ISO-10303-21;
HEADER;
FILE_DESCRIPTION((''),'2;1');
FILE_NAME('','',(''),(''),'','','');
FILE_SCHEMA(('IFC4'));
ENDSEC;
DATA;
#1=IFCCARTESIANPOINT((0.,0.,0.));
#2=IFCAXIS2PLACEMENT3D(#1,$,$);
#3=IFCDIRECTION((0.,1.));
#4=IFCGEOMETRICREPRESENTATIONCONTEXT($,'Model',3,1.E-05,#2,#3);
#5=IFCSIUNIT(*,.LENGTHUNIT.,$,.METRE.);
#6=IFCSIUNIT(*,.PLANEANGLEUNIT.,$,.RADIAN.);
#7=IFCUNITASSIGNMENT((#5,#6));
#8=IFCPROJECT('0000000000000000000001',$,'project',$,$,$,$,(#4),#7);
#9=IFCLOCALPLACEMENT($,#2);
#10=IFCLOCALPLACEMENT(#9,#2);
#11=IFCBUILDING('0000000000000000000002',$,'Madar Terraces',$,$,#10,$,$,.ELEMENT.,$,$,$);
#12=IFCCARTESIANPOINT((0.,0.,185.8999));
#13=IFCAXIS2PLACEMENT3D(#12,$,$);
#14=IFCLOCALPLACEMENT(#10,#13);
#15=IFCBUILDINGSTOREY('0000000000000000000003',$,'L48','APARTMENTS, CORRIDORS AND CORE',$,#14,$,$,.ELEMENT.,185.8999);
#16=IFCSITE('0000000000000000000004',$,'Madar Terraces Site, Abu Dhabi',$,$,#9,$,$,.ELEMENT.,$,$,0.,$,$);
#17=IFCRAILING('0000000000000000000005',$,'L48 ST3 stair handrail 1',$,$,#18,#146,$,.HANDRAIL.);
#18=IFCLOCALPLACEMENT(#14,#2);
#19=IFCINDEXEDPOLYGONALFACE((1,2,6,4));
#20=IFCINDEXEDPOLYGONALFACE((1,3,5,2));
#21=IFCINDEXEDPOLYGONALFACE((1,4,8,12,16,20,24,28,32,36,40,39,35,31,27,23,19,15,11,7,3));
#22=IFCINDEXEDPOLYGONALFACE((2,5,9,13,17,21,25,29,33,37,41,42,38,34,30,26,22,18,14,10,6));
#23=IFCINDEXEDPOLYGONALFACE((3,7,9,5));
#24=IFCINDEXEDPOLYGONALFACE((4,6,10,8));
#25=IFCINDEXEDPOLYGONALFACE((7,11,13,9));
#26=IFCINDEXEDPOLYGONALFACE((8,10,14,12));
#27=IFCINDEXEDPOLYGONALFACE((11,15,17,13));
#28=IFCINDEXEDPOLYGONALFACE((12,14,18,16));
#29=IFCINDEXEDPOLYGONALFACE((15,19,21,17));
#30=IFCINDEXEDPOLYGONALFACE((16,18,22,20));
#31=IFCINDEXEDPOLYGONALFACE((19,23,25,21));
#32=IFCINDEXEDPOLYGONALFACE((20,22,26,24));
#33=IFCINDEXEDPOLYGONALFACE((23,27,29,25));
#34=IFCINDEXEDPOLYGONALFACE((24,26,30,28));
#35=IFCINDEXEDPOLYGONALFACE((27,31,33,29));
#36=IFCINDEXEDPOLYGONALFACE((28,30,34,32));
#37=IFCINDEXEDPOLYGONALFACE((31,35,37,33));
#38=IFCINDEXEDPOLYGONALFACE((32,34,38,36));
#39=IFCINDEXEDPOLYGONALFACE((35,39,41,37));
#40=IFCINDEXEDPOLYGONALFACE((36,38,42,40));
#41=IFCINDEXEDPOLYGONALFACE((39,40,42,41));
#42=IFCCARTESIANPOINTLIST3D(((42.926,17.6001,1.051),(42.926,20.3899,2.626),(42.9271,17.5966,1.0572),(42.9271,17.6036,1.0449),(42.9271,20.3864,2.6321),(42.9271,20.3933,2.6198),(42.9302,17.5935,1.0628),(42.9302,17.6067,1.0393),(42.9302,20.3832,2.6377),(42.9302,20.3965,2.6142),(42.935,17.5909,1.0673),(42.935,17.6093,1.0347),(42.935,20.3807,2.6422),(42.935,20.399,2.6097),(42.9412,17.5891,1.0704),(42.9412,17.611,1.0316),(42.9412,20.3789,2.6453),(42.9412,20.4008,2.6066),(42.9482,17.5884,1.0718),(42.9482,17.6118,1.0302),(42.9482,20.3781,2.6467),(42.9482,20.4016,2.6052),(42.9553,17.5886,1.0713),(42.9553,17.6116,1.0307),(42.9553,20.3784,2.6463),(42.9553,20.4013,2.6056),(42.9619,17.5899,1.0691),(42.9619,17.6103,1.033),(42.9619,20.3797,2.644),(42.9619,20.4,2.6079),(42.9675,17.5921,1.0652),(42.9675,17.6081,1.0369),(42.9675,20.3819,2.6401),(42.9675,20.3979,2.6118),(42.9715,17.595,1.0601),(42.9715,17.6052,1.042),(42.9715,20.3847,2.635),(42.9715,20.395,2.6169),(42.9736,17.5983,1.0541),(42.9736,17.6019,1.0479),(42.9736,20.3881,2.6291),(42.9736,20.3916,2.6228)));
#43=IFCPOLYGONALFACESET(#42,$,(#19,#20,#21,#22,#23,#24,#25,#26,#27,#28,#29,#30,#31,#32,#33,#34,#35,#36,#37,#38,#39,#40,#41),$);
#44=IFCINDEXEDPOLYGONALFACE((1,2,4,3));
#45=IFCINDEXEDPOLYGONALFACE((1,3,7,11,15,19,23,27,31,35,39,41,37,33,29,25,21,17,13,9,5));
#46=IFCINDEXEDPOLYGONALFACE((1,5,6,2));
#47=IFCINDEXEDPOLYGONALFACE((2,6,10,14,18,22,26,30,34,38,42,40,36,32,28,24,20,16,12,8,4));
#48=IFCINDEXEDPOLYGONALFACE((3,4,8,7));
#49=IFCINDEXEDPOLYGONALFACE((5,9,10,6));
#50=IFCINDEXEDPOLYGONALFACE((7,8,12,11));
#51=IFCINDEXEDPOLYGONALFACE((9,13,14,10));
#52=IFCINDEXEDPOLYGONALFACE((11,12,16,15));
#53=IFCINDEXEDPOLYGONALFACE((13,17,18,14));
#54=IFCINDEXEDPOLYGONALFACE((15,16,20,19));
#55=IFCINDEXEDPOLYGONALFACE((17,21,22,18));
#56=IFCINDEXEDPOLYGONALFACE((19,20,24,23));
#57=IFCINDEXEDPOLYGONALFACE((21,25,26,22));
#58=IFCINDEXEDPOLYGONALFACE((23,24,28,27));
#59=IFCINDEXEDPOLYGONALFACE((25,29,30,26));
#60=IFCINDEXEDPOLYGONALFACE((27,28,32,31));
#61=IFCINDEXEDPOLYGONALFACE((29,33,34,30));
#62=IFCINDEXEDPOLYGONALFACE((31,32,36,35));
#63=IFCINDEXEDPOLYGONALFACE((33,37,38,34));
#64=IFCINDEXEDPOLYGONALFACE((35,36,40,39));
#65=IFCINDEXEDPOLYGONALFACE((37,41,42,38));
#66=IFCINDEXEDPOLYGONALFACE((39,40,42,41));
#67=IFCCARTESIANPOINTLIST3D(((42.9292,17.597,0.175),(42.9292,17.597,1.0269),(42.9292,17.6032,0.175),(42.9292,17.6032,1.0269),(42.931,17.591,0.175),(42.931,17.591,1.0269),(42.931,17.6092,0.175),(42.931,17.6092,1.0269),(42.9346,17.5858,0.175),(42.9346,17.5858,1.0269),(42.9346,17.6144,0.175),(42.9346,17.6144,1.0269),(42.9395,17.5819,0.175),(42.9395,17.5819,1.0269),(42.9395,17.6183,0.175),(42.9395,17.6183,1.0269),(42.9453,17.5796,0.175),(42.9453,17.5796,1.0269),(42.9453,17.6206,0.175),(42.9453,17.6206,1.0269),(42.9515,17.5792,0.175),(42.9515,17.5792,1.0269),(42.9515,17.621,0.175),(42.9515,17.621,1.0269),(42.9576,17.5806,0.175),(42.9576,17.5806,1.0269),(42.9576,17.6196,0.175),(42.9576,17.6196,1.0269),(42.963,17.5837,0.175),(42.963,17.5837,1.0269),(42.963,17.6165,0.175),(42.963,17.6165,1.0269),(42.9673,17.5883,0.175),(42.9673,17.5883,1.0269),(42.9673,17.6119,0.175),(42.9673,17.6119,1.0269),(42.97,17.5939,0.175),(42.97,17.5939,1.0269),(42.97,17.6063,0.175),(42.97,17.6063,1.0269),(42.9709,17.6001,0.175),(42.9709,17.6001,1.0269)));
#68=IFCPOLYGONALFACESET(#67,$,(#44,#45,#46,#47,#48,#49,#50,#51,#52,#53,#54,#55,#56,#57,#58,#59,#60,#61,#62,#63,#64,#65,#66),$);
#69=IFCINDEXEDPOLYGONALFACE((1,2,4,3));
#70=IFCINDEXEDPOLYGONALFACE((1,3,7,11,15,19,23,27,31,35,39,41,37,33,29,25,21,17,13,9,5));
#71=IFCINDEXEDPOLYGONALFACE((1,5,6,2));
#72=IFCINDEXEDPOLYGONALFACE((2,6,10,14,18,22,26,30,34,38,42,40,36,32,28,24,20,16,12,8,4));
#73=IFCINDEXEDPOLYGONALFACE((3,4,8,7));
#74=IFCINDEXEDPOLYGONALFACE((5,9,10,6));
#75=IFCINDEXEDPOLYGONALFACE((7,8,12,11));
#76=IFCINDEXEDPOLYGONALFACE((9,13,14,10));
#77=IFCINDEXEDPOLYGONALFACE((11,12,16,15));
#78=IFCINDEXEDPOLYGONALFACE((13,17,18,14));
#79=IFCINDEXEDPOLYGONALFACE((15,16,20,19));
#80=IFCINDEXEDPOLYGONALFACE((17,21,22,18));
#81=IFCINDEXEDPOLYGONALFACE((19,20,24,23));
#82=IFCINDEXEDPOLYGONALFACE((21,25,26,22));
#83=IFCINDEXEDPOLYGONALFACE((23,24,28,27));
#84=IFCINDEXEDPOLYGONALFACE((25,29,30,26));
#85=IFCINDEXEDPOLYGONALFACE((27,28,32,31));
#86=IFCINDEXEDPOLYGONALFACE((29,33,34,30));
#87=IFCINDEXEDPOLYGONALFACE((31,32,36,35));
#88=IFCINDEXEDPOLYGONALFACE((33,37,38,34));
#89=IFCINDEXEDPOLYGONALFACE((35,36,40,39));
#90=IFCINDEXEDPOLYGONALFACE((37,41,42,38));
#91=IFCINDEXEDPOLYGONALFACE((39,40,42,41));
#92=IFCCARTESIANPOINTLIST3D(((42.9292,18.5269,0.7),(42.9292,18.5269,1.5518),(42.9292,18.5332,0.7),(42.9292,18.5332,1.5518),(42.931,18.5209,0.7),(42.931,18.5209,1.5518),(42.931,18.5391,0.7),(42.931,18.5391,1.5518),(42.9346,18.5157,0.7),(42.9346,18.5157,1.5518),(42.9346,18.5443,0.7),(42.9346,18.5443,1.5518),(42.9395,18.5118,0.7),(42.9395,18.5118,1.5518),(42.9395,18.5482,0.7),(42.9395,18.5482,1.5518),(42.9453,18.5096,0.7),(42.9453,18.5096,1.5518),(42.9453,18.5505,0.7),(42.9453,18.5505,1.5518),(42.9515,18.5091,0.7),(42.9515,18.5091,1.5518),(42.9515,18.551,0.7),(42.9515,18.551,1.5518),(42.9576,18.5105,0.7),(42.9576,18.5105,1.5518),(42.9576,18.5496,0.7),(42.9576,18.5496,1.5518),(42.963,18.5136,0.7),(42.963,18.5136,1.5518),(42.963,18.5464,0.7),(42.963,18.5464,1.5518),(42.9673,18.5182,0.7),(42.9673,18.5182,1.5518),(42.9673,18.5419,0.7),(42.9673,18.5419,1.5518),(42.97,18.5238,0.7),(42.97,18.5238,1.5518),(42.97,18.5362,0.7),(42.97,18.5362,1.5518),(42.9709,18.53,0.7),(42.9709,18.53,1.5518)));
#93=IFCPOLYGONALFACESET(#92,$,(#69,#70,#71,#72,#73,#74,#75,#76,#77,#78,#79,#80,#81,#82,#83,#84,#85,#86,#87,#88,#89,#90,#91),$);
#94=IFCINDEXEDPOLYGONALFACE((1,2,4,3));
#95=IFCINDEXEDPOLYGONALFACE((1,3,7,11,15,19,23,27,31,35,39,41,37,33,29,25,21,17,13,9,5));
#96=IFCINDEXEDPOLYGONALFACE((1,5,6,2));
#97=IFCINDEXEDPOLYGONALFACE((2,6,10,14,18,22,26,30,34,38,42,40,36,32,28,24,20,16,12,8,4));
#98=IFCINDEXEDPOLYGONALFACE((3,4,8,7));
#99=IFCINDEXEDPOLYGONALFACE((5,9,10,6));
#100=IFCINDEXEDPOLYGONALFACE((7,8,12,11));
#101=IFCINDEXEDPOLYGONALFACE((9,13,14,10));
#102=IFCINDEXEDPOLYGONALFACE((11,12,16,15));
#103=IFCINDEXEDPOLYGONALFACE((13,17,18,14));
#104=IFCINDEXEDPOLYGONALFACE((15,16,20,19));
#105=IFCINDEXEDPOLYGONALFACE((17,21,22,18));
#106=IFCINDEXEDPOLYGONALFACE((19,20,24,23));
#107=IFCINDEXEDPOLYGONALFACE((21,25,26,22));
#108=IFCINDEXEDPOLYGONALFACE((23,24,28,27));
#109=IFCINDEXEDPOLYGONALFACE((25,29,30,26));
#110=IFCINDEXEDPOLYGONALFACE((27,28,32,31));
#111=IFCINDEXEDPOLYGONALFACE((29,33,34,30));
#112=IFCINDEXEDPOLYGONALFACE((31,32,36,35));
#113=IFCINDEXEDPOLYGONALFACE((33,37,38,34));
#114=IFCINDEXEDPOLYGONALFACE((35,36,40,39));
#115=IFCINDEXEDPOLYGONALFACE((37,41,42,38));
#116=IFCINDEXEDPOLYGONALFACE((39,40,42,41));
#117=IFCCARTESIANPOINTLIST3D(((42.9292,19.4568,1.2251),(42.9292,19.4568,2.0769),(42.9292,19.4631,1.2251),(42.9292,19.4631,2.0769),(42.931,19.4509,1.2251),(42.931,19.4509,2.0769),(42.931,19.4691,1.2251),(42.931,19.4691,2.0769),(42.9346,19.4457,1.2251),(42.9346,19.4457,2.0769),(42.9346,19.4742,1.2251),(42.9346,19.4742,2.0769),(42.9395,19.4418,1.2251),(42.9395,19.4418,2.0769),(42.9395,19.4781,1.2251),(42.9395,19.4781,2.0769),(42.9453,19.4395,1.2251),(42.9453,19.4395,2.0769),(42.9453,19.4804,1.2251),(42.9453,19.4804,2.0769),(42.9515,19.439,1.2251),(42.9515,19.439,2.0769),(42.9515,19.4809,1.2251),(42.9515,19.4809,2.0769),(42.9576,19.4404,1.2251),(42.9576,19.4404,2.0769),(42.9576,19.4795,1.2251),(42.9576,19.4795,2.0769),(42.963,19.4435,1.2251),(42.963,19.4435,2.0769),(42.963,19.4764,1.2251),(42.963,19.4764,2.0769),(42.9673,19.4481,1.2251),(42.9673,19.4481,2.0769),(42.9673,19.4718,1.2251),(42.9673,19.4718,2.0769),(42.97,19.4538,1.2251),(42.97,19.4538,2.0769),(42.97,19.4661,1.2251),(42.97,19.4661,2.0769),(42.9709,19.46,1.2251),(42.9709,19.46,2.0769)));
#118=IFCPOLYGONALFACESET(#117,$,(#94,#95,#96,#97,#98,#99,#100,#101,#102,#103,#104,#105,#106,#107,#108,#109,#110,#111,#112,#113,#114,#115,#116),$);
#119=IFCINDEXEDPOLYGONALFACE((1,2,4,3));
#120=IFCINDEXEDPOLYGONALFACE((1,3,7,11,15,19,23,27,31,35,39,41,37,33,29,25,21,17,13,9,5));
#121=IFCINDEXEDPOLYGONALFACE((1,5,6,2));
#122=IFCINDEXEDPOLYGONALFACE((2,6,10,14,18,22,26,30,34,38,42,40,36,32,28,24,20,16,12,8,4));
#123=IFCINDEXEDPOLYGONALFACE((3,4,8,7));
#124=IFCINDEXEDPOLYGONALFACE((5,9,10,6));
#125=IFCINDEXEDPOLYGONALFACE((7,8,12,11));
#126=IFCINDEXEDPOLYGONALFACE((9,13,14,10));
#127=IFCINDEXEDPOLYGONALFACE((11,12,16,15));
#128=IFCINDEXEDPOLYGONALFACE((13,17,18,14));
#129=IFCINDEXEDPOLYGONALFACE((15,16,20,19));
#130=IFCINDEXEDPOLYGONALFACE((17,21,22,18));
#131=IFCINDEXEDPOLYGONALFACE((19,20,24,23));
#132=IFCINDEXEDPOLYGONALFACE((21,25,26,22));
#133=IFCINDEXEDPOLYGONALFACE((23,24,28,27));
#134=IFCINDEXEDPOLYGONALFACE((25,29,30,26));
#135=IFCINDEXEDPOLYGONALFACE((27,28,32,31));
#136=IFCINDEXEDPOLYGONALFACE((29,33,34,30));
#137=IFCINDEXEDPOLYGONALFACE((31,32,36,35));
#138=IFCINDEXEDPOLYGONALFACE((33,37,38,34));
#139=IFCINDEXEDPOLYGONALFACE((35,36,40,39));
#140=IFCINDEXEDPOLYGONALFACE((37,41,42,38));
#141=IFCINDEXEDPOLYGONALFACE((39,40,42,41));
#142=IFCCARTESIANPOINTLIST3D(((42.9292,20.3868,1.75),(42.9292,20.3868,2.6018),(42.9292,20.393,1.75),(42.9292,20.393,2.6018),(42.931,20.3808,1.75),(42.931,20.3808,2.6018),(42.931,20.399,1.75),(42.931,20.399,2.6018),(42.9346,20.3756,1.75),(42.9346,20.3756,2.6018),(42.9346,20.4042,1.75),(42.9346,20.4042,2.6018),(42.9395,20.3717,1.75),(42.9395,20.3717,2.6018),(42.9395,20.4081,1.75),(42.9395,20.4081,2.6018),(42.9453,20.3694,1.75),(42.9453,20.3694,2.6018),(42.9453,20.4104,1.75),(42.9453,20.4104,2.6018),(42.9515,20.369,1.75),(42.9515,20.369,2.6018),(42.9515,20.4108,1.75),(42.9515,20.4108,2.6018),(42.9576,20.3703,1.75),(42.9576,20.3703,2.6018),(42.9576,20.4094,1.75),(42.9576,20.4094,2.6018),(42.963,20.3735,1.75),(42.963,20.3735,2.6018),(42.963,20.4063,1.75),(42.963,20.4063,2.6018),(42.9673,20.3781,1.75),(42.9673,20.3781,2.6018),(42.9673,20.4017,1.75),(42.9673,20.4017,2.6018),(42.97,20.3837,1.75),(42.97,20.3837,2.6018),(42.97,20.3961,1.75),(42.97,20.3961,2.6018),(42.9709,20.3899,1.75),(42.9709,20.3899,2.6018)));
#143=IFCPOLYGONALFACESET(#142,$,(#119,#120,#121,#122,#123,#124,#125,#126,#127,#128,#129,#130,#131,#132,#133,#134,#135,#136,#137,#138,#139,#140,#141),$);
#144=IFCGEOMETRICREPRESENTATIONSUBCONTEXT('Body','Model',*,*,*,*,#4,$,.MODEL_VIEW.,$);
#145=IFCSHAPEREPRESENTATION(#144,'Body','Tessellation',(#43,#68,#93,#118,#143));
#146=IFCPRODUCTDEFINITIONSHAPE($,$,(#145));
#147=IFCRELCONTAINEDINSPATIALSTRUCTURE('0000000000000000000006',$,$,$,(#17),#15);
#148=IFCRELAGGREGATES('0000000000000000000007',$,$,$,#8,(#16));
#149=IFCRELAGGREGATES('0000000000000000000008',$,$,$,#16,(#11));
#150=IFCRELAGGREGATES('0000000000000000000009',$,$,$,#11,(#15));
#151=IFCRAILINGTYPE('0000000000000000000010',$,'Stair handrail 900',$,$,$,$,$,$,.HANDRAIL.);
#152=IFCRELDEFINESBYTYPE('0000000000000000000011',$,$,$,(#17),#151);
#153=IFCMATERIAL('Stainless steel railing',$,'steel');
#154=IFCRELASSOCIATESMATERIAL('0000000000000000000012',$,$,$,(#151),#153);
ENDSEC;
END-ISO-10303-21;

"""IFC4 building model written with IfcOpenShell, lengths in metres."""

from ifc_helpers import new_model, si_unit, direction, frame, origin, origin_2d, place, context, subcontext, project, spatial, circle, extrude, material, type_object, element, save


model = new_model("IFC4")

# Units and contexts
model_context = context("Model", 3, precision=1e-05, world=origin(), true_north=direction((0.0, 1.0)))
body_context = subcontext(model_context, "Body", "Model", "MODEL_VIEW")
ifc_project = project(units=[si_unit("LENGTHUNIT", "METRE"), si_unit("PLANEANGLEUNIT", "RADIAN")], contexts=[model_context])

# Site, building, storey
site_placement = place(None, origin())
site = spatial("IfcSite", under=ifc_project, at=site_placement, Name="Madar Terraces Site, Abu Dhabi", CompositionType="ELEMENT", RefElevation=0.0)
building_placement = place(site_placement, origin())
building = spatial("IfcBuilding", under=site, at=building_placement, Name="Madar Terraces", CompositionType="ELEMENT")
storey_placement = place(building_placement, frame((0.0, 0.0, 185.8999)))
storey = spatial("IfcBuildingStorey", under=building, at=storey_placement, Name="L48", Description="APARTMENTS, CORRIDORS AND CORE", CompositionType="ELEMENT", Elevation=185.8999)

# Railing
ifc_material_1 = material(Name="Stainless steel railing", Category="steel")
railing_type_1 = type_object("IfcRailingType", Name="Stair handrail 900", PredefinedType="HANDRAIL", material=ifc_material_1)
railing_1_placement = place(storey_placement, frame((42.95, 17.6001, 0.175)))
element("IfcRailing", 1, at=railing_1_placement, inside=storey, type_object=railing_type_1, Name="L48 ST3 stair handrail 1", PredefinedType="HANDRAIL", context=body_context, shape_type="SweptSolid", body=[
    extrude(circle(Radius=0.0239, at=origin_2d()), frame((0.0, 0.0, 0.876), z_axis=(0.0, 0.870815, 0.49161), x_axis=(-1.0, 0.0, 0.0)), (0.0, 0.0, 1.0), 3.2036),
    extrude(circle(Radius=0.021, at=origin_2d()), origin(), (0.0, 0.0, 1.0), 0.8518),
    extrude(circle(Radius=0.021, at=origin_2d()), frame((0.0, 0.9299, 0.5249)), (0.0, 0.0, 1.0), 0.8518),
    extrude(circle(Radius=0.021, at=origin_2d()), frame((0.0, 1.8599, 1.05)), (0.0, 0.0, 1.0), 0.8518),
    extrude(circle(Radius=0.021, at=origin_2d()), frame((0.0, 2.7898, 1.575)), (0.0, 0.0, 1.0), 0.8518),
])

save(model, "model.ifc")
